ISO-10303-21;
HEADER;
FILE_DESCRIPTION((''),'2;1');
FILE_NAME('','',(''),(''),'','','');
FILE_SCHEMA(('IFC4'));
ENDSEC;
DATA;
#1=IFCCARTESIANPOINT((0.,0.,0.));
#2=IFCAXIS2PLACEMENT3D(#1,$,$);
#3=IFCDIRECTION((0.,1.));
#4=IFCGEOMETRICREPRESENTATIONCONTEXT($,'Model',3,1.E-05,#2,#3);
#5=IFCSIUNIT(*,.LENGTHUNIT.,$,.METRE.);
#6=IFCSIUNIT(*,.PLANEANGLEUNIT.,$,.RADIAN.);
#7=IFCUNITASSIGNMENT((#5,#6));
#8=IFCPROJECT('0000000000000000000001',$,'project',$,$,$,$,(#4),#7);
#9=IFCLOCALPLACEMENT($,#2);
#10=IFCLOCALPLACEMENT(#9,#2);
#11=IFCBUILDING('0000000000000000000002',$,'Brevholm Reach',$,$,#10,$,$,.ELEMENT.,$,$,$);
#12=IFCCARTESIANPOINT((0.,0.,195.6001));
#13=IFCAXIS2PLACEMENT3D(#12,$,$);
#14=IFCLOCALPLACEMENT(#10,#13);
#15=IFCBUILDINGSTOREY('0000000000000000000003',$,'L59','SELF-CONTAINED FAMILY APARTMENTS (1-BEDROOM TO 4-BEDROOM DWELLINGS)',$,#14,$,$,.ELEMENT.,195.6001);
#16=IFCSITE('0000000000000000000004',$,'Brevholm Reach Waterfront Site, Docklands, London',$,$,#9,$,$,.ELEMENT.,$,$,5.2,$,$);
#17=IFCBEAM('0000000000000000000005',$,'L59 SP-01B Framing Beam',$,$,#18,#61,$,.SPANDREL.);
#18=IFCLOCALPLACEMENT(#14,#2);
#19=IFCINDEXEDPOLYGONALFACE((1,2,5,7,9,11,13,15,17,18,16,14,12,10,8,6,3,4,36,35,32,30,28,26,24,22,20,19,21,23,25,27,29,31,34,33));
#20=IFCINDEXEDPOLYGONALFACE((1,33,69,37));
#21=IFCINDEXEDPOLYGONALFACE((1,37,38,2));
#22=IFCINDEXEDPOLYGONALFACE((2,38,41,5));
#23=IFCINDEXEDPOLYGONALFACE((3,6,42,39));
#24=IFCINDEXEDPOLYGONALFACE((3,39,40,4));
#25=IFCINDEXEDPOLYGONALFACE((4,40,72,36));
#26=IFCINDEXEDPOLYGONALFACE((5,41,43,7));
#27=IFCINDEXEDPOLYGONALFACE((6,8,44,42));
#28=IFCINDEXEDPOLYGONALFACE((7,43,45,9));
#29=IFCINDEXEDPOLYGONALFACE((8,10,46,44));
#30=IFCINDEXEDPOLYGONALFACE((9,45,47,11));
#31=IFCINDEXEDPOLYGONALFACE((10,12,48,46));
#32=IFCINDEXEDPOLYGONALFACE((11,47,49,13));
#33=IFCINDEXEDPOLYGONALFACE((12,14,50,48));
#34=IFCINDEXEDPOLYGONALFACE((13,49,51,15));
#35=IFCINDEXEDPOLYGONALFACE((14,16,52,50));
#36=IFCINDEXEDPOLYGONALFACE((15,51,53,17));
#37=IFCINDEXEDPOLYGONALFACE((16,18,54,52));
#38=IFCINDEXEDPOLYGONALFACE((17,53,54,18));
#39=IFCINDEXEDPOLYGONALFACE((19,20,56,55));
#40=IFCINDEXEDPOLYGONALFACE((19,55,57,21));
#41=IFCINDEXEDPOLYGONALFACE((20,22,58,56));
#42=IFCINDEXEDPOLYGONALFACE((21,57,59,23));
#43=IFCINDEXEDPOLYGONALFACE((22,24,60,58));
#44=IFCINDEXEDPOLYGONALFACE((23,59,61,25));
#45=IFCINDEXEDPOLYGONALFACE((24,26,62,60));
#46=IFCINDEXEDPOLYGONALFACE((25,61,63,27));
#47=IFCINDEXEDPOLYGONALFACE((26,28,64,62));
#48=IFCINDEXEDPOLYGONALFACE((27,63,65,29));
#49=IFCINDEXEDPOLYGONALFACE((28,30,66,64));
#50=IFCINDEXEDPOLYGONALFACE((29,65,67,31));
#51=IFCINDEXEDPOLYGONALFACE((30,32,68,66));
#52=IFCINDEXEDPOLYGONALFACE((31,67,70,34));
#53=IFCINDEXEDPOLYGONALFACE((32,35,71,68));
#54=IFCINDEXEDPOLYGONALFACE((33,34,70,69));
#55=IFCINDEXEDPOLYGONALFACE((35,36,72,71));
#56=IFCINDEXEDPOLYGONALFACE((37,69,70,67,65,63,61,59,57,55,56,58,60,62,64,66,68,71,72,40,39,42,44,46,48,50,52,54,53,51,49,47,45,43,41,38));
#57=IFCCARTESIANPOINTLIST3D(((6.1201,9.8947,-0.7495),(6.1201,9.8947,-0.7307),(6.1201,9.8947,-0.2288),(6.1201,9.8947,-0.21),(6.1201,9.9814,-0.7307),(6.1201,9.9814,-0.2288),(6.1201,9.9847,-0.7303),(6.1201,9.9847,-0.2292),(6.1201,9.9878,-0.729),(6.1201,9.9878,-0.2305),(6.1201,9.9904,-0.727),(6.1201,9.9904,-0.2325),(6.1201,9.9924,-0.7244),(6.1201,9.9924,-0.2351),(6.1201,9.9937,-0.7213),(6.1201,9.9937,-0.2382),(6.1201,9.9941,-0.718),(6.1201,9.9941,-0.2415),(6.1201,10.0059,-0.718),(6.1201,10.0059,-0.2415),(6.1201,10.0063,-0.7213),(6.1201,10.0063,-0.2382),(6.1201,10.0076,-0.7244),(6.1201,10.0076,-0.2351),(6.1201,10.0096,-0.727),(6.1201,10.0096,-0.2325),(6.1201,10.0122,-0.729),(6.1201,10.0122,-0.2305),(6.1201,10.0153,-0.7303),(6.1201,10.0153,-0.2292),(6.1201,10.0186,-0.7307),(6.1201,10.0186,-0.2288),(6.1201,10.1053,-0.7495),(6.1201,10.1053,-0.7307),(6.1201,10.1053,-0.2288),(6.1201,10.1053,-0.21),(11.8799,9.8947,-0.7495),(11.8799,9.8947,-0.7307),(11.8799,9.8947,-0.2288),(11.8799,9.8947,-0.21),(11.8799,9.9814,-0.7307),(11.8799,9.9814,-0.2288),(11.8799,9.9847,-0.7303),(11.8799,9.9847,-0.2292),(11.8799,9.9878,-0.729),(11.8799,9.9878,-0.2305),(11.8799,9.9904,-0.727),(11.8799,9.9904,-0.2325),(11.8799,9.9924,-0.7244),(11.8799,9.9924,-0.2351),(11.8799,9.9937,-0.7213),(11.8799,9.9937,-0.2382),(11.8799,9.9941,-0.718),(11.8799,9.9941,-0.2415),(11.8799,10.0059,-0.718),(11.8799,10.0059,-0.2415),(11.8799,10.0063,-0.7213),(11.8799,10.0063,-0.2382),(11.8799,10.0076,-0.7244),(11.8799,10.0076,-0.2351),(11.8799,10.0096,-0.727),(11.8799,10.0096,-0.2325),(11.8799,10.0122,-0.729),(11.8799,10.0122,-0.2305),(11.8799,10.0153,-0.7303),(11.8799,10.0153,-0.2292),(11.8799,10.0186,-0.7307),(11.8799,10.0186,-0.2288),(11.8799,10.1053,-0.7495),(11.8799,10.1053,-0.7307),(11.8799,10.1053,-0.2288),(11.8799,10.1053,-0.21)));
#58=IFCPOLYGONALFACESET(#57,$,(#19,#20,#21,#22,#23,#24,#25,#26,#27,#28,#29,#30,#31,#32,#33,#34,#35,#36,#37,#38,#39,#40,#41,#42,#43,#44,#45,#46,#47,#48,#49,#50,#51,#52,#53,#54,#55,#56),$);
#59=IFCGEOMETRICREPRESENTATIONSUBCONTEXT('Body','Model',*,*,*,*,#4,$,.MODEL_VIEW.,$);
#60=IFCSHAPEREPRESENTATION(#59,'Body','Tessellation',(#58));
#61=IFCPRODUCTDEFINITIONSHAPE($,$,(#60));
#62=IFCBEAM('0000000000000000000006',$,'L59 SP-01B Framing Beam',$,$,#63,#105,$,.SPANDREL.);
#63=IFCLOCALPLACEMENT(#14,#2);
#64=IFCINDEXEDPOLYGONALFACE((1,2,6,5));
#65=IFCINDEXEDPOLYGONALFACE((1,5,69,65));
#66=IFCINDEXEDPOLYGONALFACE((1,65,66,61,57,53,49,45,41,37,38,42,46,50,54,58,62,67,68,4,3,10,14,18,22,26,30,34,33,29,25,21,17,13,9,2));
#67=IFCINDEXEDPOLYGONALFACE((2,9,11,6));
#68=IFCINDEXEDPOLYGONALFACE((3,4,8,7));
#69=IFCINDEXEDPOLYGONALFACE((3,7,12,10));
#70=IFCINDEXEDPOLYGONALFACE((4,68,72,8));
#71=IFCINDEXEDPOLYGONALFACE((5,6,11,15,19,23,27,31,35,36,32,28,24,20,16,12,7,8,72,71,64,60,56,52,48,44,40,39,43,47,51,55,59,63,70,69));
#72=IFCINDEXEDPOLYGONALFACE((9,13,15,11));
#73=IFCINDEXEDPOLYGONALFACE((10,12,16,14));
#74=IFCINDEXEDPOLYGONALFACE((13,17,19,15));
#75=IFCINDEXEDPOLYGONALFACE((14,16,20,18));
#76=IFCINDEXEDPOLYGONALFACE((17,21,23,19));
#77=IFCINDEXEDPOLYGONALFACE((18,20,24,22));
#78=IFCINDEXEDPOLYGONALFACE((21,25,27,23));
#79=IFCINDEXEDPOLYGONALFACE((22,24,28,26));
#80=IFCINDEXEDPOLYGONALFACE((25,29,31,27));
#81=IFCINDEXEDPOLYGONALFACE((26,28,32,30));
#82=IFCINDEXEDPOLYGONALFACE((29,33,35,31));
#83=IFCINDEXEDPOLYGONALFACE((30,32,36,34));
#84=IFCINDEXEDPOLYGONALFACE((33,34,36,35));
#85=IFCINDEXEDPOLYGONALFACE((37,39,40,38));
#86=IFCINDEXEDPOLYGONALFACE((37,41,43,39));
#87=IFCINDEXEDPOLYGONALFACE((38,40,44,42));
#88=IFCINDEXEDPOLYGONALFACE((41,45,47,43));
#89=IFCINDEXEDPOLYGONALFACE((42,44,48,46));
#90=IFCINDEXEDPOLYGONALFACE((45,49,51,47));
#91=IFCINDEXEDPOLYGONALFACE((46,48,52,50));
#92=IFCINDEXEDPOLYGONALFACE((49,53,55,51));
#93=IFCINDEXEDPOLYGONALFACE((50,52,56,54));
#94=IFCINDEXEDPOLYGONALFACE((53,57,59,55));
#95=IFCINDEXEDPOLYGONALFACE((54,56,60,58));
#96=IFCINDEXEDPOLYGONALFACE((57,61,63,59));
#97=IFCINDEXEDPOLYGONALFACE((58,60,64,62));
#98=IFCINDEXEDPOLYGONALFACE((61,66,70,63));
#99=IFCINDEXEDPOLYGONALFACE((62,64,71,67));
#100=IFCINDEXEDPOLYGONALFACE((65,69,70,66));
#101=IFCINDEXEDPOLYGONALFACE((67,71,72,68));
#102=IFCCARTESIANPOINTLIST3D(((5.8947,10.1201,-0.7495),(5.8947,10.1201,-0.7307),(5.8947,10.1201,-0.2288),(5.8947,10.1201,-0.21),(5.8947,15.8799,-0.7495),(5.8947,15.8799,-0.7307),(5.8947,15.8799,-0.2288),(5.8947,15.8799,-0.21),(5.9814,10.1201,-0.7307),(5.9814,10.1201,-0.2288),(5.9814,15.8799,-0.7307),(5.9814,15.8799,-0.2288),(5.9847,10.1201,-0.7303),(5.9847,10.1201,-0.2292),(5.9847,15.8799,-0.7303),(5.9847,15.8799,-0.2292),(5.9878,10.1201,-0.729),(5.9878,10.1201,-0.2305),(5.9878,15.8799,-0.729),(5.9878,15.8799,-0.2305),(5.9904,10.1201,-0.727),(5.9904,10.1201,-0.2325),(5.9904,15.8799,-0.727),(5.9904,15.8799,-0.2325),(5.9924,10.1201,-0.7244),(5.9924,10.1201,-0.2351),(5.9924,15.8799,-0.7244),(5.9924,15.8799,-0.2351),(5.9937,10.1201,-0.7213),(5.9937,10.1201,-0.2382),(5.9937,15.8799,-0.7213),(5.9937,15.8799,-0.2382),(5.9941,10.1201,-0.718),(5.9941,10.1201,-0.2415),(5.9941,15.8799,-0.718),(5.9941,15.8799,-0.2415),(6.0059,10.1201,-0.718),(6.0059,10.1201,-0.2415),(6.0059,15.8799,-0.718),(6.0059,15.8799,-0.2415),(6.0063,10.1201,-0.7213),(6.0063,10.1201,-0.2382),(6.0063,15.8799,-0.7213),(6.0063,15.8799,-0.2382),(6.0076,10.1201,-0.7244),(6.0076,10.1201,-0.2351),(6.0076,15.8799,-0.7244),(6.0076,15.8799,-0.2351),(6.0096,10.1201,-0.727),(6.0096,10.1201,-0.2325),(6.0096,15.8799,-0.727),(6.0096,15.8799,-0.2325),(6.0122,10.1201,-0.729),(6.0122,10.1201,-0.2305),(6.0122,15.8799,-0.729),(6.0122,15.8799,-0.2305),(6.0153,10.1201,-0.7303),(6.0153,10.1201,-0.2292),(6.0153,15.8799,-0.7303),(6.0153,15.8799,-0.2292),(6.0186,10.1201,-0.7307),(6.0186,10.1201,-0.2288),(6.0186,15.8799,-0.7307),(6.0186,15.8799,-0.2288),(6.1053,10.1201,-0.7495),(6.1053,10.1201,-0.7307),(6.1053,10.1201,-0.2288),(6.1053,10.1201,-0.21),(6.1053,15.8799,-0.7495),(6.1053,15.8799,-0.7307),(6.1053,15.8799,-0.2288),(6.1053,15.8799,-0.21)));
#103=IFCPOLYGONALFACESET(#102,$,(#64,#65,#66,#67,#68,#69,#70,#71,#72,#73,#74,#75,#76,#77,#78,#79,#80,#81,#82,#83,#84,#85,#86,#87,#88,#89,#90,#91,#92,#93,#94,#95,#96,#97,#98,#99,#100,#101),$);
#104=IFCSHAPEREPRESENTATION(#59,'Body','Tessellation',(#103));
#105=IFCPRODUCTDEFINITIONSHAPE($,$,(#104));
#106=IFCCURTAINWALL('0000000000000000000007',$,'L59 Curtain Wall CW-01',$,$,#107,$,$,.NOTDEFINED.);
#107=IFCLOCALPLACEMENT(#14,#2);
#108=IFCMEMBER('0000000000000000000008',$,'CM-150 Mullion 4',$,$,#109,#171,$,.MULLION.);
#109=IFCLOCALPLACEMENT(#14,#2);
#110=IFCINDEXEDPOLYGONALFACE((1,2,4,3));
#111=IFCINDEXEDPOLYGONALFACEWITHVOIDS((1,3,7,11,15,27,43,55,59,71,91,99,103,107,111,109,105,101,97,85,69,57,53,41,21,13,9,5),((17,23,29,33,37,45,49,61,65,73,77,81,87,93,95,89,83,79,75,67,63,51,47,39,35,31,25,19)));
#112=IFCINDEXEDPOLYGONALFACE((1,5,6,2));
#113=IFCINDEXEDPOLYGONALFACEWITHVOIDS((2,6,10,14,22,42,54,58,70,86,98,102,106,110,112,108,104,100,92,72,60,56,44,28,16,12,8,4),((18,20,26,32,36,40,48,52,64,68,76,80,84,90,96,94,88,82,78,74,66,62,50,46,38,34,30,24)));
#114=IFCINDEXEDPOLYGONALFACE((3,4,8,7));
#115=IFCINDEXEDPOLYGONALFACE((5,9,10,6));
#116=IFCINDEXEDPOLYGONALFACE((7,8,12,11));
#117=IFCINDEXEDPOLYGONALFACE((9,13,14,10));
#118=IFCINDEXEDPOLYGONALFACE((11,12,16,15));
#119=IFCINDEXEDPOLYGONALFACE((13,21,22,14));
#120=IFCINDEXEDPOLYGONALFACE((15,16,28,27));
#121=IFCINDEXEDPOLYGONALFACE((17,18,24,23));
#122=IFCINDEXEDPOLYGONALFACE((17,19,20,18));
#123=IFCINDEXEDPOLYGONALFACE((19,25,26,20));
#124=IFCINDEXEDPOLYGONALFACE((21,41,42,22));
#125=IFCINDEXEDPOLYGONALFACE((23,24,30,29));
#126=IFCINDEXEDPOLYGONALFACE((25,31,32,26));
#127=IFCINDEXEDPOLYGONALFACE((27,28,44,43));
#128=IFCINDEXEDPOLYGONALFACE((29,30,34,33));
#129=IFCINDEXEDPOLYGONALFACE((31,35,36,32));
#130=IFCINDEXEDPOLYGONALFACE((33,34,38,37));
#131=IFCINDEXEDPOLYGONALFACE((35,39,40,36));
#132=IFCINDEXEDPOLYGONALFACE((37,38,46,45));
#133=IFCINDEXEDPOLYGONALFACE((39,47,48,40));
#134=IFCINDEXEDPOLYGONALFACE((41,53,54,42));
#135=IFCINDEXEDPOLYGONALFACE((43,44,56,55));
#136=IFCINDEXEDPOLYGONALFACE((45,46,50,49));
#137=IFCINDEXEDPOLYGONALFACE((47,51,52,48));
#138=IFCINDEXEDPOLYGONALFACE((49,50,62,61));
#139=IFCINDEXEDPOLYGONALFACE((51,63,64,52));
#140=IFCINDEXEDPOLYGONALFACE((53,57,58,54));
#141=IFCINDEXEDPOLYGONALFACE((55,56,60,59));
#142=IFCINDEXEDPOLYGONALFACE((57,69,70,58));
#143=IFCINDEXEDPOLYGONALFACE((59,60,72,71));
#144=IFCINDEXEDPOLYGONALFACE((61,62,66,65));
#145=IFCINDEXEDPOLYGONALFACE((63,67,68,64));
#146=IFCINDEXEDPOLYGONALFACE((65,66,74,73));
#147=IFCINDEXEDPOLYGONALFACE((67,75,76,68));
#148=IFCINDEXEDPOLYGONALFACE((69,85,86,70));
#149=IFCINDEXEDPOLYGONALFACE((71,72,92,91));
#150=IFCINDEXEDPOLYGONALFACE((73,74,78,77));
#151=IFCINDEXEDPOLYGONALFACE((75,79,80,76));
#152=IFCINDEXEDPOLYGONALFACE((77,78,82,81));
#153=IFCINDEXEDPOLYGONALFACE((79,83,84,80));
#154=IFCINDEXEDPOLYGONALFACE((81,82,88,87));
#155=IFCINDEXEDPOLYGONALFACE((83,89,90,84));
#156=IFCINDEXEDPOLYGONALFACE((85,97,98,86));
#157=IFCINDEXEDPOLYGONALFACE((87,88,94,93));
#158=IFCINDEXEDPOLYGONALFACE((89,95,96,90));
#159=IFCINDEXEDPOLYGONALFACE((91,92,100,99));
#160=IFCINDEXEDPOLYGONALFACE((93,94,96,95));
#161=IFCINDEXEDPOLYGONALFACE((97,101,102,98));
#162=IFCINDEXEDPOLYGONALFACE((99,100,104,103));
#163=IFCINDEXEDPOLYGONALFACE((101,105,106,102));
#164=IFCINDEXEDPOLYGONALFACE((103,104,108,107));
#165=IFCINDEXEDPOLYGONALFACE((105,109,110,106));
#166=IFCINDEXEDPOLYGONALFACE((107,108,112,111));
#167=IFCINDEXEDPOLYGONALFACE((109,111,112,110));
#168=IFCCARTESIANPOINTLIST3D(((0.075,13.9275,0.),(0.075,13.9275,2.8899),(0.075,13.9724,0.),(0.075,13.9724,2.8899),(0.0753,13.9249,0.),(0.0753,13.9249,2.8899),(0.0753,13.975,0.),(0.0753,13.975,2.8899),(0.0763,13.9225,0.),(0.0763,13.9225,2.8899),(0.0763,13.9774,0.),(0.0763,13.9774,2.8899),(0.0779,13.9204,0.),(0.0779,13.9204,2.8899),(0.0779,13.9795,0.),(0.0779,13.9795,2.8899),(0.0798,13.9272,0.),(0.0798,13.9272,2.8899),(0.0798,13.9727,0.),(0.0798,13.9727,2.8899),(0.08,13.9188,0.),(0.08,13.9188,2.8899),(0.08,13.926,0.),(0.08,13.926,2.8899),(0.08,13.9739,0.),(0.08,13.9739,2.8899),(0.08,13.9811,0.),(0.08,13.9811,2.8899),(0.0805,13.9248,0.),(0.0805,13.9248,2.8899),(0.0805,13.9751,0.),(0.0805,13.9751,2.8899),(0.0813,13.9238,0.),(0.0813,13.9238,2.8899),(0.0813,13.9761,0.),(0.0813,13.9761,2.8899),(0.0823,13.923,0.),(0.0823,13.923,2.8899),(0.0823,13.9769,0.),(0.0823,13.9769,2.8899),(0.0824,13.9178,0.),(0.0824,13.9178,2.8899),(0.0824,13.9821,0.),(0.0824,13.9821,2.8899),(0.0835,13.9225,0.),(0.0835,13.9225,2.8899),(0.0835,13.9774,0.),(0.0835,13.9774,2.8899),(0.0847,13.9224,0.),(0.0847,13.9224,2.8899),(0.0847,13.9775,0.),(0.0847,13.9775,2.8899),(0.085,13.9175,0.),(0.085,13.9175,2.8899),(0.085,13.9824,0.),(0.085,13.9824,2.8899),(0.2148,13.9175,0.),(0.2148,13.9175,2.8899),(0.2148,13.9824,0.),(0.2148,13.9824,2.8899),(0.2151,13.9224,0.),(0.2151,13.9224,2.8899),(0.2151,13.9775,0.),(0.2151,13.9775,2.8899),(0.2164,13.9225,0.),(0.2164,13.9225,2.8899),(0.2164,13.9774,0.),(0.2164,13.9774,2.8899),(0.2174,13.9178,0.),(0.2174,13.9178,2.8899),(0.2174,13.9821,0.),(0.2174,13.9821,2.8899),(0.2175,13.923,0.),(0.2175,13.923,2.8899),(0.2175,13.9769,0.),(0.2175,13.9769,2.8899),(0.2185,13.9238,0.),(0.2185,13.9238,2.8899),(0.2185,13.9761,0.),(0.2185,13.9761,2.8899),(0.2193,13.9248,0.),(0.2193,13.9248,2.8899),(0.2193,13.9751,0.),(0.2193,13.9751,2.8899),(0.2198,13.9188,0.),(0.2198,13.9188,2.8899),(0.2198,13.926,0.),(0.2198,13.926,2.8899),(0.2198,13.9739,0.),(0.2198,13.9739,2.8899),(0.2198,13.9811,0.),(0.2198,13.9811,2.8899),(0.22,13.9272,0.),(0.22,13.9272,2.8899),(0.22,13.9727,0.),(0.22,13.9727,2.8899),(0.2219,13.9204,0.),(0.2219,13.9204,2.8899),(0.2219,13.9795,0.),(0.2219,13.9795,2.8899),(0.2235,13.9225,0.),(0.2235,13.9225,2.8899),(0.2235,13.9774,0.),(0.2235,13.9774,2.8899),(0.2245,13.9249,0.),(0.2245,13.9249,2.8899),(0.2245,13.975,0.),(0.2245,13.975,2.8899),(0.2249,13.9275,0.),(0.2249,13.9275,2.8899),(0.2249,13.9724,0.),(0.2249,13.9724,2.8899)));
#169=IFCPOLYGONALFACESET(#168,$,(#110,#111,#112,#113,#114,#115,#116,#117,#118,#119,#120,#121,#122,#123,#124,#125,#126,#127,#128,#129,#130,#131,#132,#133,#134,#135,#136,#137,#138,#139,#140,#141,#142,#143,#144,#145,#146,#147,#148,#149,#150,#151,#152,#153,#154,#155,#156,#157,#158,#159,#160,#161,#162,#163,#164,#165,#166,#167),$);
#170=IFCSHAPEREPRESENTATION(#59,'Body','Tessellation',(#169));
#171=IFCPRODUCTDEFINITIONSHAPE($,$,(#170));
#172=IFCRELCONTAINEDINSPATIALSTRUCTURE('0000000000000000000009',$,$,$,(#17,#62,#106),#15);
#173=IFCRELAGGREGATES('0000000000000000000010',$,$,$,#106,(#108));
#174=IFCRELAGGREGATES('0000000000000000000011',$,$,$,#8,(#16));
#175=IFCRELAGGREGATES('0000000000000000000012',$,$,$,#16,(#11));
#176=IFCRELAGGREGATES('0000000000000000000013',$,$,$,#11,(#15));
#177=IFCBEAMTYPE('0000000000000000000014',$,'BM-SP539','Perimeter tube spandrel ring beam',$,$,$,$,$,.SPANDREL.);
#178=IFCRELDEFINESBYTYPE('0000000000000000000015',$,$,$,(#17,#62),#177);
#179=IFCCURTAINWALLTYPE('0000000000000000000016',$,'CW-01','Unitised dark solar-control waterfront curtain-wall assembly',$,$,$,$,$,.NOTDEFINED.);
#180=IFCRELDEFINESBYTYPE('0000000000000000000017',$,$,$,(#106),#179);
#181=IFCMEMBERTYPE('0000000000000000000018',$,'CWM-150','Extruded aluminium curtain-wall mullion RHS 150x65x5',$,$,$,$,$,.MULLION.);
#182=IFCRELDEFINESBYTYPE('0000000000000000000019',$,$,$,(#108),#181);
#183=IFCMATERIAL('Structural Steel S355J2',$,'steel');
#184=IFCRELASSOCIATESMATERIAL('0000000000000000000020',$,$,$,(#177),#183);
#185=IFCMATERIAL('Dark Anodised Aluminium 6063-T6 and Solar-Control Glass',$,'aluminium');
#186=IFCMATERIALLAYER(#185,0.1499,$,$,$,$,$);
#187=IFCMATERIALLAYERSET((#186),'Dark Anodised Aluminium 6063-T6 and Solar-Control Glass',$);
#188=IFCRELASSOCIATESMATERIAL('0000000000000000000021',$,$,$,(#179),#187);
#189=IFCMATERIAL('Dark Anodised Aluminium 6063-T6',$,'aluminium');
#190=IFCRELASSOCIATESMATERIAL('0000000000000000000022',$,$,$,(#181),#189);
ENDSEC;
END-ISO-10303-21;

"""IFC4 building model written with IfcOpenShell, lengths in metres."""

from ifc_helpers import new_model, si_unit, direction, frame, origin, origin_2d, place, context, subcontext, project, spatial, hollow_rectangle, i_section, extrude, material, layer, layer_set, material_profile, profile_set, type_object, element, aggregate, save


model = new_model("IFC4")

# Units and contexts
model_context = context("Model", 3, precision=1e-05, world=origin(), true_north=direction((0.0, 1.0)))
body_context = subcontext(model_context, "Body", "Model", "MODEL_VIEW")
ifc_project = project(units=[si_unit("LENGTHUNIT", "METRE"), si_unit("PLANEANGLEUNIT", "RADIAN")], contexts=[model_context])

# Site, building, storey
site_placement = place(None, origin())
site = spatial("IfcSite", under=ifc_project, at=site_placement, Name="Brevholm Reach Waterfront Site, Docklands, London", CompositionType="ELEMENT", RefElevation=5.2)
building_placement = place(site_placement, origin())
building = spatial("IfcBuilding", under=site, at=building_placement, Name="Brevholm Reach", CompositionType="ELEMENT")
storey_placement = place(building_placement, frame((0.0, 0.0, 195.6001)))
storey = spatial("IfcBuildingStorey", under=building, at=storey_placement, Name="L59", Description="SELF-CONTAINED FAMILY APARTMENTS (1-BEDROOM TO 4-BEDROOM DWELLINGS)", CompositionType="ELEMENT", Elevation=195.6001)

# Beams
ifc_material_1 = material(Name="Structural Steel S355J2", Category="steel")
ifc_material_profile_1 = material_profile(ifc_material_1, i_section(OverallWidth=0.2107, OverallDepth=0.5396, WebThickness=0.0117, FlangeThickness=0.0188, FilletRadius=0.0127, at=origin_2d()), Name="UKB 533x210x109")
ifc_profile_set_1 = profile_set([ifc_material_profile_1], Name="Structural Steel S355J2")
beam_type_1 = type_object("IfcBeamType", Name="BM-SP539", Description="Perimeter tube spandrel ring beam", PredefinedType="SPANDREL", material=ifc_profile_set_1)
for number, where, z_axis, x_axis, name in (
    (1, (6.1201, 10.0, -0.4797), (1.0, 0.0, 0.0), (0.0, 1.0, 0.0), "L59 SP-01B Framing Beam"),
    (2, (6.0, 10.1201, -0.4797), (0.0, 1.0, 0.0), (-1.0, 0.0, 0.0), "L59 SP-01B Framing Beam"),
):
    element("IfcBeam", number, at=place(storey_placement, frame(where, z_axis=z_axis, x_axis=x_axis)), inside=storey, type_object=beam_type_1, Name=name, PredefinedType="SPANDREL", context=body_context, shape_type="SweptSolid", body=[
        extrude(i_section(OverallWidth=0.2107, OverallDepth=0.5396, WebThickness=0.0117, FlangeThickness=0.0188, FilletRadius=0.0127, at=origin_2d()), origin(), (0.0, 0.0, 1.0), 5.7598),
    ])

# Curtain wall, member
ifc_material_2 = material(Name="Dark Anodised Aluminium 6063-T6 and Solar-Control Glass", Category="aluminium")
ifc_layer_1 = layer(ifc_material_2, 0.1499)
ifc_layer_set_1 = layer_set([ifc_layer_1], Name="Dark Anodised Aluminium 6063-T6 and Solar-Control Glass")
curtain_wall_type = type_object("IfcCurtainWallType", Name="CW-01", Description="Unitised dark solar-control waterfront curtain-wall assembly", PredefinedType="NOTDEFINED", material=ifc_layer_set_1)
curtain_wall_placement = place(storey_placement, origin())
curtain_wall = element("IfcCurtainWall", 3, at=curtain_wall_placement, inside=storey, type_object=curtain_wall_type, Name="L59 Curtain Wall CW-01", PredefinedType="NOTDEFINED")
ifc_material_3 = material(Name="Dark Anodised Aluminium 6063-T6", Category="aluminium")
ifc_material_profile_2 = material_profile(ifc_material_3, hollow_rectangle(XDim=0.0649, YDim=0.1499, WallThickness=0.0049, InnerFilletRadius=0.0049, OuterFilletRadius=0.01, at=origin_2d()), Name="RHS 150x65x5")
ifc_profile_set_2 = profile_set([ifc_material_profile_2], Name="Dark Anodised Aluminium 6063-T6")
member_type_1 = type_object("IfcMemberType", Name="CWM-150", Description="Extruded aluminium curtain-wall mullion RHS 150x65x5", PredefinedType="MULLION", material=ifc_profile_set_2)
member_1_placement = place(storey_placement, frame((0.1499, 13.95, 0.0), z_axis=(0.0, 0.0, 1.0), x_axis=(0.0, -1.0, 0.0)))
member_1 = element("IfcMember", 4, at=member_1_placement, type_object=member_type_1, Name="CM-150 Mullion 4", PredefinedType="MULLION", context=body_context, shape_type="SweptSolid", body=[
    extrude(hollow_rectangle(XDim=0.0649, YDim=0.1499, WallThickness=0.0049, InnerFilletRadius=0.0049, OuterFilletRadius=0.01, at=origin_2d()), origin(), (0.0, 0.0, 1.0), 2.8899),
])
aggregate(curtain_wall, [member_1])

save(model, "model.ifc")
